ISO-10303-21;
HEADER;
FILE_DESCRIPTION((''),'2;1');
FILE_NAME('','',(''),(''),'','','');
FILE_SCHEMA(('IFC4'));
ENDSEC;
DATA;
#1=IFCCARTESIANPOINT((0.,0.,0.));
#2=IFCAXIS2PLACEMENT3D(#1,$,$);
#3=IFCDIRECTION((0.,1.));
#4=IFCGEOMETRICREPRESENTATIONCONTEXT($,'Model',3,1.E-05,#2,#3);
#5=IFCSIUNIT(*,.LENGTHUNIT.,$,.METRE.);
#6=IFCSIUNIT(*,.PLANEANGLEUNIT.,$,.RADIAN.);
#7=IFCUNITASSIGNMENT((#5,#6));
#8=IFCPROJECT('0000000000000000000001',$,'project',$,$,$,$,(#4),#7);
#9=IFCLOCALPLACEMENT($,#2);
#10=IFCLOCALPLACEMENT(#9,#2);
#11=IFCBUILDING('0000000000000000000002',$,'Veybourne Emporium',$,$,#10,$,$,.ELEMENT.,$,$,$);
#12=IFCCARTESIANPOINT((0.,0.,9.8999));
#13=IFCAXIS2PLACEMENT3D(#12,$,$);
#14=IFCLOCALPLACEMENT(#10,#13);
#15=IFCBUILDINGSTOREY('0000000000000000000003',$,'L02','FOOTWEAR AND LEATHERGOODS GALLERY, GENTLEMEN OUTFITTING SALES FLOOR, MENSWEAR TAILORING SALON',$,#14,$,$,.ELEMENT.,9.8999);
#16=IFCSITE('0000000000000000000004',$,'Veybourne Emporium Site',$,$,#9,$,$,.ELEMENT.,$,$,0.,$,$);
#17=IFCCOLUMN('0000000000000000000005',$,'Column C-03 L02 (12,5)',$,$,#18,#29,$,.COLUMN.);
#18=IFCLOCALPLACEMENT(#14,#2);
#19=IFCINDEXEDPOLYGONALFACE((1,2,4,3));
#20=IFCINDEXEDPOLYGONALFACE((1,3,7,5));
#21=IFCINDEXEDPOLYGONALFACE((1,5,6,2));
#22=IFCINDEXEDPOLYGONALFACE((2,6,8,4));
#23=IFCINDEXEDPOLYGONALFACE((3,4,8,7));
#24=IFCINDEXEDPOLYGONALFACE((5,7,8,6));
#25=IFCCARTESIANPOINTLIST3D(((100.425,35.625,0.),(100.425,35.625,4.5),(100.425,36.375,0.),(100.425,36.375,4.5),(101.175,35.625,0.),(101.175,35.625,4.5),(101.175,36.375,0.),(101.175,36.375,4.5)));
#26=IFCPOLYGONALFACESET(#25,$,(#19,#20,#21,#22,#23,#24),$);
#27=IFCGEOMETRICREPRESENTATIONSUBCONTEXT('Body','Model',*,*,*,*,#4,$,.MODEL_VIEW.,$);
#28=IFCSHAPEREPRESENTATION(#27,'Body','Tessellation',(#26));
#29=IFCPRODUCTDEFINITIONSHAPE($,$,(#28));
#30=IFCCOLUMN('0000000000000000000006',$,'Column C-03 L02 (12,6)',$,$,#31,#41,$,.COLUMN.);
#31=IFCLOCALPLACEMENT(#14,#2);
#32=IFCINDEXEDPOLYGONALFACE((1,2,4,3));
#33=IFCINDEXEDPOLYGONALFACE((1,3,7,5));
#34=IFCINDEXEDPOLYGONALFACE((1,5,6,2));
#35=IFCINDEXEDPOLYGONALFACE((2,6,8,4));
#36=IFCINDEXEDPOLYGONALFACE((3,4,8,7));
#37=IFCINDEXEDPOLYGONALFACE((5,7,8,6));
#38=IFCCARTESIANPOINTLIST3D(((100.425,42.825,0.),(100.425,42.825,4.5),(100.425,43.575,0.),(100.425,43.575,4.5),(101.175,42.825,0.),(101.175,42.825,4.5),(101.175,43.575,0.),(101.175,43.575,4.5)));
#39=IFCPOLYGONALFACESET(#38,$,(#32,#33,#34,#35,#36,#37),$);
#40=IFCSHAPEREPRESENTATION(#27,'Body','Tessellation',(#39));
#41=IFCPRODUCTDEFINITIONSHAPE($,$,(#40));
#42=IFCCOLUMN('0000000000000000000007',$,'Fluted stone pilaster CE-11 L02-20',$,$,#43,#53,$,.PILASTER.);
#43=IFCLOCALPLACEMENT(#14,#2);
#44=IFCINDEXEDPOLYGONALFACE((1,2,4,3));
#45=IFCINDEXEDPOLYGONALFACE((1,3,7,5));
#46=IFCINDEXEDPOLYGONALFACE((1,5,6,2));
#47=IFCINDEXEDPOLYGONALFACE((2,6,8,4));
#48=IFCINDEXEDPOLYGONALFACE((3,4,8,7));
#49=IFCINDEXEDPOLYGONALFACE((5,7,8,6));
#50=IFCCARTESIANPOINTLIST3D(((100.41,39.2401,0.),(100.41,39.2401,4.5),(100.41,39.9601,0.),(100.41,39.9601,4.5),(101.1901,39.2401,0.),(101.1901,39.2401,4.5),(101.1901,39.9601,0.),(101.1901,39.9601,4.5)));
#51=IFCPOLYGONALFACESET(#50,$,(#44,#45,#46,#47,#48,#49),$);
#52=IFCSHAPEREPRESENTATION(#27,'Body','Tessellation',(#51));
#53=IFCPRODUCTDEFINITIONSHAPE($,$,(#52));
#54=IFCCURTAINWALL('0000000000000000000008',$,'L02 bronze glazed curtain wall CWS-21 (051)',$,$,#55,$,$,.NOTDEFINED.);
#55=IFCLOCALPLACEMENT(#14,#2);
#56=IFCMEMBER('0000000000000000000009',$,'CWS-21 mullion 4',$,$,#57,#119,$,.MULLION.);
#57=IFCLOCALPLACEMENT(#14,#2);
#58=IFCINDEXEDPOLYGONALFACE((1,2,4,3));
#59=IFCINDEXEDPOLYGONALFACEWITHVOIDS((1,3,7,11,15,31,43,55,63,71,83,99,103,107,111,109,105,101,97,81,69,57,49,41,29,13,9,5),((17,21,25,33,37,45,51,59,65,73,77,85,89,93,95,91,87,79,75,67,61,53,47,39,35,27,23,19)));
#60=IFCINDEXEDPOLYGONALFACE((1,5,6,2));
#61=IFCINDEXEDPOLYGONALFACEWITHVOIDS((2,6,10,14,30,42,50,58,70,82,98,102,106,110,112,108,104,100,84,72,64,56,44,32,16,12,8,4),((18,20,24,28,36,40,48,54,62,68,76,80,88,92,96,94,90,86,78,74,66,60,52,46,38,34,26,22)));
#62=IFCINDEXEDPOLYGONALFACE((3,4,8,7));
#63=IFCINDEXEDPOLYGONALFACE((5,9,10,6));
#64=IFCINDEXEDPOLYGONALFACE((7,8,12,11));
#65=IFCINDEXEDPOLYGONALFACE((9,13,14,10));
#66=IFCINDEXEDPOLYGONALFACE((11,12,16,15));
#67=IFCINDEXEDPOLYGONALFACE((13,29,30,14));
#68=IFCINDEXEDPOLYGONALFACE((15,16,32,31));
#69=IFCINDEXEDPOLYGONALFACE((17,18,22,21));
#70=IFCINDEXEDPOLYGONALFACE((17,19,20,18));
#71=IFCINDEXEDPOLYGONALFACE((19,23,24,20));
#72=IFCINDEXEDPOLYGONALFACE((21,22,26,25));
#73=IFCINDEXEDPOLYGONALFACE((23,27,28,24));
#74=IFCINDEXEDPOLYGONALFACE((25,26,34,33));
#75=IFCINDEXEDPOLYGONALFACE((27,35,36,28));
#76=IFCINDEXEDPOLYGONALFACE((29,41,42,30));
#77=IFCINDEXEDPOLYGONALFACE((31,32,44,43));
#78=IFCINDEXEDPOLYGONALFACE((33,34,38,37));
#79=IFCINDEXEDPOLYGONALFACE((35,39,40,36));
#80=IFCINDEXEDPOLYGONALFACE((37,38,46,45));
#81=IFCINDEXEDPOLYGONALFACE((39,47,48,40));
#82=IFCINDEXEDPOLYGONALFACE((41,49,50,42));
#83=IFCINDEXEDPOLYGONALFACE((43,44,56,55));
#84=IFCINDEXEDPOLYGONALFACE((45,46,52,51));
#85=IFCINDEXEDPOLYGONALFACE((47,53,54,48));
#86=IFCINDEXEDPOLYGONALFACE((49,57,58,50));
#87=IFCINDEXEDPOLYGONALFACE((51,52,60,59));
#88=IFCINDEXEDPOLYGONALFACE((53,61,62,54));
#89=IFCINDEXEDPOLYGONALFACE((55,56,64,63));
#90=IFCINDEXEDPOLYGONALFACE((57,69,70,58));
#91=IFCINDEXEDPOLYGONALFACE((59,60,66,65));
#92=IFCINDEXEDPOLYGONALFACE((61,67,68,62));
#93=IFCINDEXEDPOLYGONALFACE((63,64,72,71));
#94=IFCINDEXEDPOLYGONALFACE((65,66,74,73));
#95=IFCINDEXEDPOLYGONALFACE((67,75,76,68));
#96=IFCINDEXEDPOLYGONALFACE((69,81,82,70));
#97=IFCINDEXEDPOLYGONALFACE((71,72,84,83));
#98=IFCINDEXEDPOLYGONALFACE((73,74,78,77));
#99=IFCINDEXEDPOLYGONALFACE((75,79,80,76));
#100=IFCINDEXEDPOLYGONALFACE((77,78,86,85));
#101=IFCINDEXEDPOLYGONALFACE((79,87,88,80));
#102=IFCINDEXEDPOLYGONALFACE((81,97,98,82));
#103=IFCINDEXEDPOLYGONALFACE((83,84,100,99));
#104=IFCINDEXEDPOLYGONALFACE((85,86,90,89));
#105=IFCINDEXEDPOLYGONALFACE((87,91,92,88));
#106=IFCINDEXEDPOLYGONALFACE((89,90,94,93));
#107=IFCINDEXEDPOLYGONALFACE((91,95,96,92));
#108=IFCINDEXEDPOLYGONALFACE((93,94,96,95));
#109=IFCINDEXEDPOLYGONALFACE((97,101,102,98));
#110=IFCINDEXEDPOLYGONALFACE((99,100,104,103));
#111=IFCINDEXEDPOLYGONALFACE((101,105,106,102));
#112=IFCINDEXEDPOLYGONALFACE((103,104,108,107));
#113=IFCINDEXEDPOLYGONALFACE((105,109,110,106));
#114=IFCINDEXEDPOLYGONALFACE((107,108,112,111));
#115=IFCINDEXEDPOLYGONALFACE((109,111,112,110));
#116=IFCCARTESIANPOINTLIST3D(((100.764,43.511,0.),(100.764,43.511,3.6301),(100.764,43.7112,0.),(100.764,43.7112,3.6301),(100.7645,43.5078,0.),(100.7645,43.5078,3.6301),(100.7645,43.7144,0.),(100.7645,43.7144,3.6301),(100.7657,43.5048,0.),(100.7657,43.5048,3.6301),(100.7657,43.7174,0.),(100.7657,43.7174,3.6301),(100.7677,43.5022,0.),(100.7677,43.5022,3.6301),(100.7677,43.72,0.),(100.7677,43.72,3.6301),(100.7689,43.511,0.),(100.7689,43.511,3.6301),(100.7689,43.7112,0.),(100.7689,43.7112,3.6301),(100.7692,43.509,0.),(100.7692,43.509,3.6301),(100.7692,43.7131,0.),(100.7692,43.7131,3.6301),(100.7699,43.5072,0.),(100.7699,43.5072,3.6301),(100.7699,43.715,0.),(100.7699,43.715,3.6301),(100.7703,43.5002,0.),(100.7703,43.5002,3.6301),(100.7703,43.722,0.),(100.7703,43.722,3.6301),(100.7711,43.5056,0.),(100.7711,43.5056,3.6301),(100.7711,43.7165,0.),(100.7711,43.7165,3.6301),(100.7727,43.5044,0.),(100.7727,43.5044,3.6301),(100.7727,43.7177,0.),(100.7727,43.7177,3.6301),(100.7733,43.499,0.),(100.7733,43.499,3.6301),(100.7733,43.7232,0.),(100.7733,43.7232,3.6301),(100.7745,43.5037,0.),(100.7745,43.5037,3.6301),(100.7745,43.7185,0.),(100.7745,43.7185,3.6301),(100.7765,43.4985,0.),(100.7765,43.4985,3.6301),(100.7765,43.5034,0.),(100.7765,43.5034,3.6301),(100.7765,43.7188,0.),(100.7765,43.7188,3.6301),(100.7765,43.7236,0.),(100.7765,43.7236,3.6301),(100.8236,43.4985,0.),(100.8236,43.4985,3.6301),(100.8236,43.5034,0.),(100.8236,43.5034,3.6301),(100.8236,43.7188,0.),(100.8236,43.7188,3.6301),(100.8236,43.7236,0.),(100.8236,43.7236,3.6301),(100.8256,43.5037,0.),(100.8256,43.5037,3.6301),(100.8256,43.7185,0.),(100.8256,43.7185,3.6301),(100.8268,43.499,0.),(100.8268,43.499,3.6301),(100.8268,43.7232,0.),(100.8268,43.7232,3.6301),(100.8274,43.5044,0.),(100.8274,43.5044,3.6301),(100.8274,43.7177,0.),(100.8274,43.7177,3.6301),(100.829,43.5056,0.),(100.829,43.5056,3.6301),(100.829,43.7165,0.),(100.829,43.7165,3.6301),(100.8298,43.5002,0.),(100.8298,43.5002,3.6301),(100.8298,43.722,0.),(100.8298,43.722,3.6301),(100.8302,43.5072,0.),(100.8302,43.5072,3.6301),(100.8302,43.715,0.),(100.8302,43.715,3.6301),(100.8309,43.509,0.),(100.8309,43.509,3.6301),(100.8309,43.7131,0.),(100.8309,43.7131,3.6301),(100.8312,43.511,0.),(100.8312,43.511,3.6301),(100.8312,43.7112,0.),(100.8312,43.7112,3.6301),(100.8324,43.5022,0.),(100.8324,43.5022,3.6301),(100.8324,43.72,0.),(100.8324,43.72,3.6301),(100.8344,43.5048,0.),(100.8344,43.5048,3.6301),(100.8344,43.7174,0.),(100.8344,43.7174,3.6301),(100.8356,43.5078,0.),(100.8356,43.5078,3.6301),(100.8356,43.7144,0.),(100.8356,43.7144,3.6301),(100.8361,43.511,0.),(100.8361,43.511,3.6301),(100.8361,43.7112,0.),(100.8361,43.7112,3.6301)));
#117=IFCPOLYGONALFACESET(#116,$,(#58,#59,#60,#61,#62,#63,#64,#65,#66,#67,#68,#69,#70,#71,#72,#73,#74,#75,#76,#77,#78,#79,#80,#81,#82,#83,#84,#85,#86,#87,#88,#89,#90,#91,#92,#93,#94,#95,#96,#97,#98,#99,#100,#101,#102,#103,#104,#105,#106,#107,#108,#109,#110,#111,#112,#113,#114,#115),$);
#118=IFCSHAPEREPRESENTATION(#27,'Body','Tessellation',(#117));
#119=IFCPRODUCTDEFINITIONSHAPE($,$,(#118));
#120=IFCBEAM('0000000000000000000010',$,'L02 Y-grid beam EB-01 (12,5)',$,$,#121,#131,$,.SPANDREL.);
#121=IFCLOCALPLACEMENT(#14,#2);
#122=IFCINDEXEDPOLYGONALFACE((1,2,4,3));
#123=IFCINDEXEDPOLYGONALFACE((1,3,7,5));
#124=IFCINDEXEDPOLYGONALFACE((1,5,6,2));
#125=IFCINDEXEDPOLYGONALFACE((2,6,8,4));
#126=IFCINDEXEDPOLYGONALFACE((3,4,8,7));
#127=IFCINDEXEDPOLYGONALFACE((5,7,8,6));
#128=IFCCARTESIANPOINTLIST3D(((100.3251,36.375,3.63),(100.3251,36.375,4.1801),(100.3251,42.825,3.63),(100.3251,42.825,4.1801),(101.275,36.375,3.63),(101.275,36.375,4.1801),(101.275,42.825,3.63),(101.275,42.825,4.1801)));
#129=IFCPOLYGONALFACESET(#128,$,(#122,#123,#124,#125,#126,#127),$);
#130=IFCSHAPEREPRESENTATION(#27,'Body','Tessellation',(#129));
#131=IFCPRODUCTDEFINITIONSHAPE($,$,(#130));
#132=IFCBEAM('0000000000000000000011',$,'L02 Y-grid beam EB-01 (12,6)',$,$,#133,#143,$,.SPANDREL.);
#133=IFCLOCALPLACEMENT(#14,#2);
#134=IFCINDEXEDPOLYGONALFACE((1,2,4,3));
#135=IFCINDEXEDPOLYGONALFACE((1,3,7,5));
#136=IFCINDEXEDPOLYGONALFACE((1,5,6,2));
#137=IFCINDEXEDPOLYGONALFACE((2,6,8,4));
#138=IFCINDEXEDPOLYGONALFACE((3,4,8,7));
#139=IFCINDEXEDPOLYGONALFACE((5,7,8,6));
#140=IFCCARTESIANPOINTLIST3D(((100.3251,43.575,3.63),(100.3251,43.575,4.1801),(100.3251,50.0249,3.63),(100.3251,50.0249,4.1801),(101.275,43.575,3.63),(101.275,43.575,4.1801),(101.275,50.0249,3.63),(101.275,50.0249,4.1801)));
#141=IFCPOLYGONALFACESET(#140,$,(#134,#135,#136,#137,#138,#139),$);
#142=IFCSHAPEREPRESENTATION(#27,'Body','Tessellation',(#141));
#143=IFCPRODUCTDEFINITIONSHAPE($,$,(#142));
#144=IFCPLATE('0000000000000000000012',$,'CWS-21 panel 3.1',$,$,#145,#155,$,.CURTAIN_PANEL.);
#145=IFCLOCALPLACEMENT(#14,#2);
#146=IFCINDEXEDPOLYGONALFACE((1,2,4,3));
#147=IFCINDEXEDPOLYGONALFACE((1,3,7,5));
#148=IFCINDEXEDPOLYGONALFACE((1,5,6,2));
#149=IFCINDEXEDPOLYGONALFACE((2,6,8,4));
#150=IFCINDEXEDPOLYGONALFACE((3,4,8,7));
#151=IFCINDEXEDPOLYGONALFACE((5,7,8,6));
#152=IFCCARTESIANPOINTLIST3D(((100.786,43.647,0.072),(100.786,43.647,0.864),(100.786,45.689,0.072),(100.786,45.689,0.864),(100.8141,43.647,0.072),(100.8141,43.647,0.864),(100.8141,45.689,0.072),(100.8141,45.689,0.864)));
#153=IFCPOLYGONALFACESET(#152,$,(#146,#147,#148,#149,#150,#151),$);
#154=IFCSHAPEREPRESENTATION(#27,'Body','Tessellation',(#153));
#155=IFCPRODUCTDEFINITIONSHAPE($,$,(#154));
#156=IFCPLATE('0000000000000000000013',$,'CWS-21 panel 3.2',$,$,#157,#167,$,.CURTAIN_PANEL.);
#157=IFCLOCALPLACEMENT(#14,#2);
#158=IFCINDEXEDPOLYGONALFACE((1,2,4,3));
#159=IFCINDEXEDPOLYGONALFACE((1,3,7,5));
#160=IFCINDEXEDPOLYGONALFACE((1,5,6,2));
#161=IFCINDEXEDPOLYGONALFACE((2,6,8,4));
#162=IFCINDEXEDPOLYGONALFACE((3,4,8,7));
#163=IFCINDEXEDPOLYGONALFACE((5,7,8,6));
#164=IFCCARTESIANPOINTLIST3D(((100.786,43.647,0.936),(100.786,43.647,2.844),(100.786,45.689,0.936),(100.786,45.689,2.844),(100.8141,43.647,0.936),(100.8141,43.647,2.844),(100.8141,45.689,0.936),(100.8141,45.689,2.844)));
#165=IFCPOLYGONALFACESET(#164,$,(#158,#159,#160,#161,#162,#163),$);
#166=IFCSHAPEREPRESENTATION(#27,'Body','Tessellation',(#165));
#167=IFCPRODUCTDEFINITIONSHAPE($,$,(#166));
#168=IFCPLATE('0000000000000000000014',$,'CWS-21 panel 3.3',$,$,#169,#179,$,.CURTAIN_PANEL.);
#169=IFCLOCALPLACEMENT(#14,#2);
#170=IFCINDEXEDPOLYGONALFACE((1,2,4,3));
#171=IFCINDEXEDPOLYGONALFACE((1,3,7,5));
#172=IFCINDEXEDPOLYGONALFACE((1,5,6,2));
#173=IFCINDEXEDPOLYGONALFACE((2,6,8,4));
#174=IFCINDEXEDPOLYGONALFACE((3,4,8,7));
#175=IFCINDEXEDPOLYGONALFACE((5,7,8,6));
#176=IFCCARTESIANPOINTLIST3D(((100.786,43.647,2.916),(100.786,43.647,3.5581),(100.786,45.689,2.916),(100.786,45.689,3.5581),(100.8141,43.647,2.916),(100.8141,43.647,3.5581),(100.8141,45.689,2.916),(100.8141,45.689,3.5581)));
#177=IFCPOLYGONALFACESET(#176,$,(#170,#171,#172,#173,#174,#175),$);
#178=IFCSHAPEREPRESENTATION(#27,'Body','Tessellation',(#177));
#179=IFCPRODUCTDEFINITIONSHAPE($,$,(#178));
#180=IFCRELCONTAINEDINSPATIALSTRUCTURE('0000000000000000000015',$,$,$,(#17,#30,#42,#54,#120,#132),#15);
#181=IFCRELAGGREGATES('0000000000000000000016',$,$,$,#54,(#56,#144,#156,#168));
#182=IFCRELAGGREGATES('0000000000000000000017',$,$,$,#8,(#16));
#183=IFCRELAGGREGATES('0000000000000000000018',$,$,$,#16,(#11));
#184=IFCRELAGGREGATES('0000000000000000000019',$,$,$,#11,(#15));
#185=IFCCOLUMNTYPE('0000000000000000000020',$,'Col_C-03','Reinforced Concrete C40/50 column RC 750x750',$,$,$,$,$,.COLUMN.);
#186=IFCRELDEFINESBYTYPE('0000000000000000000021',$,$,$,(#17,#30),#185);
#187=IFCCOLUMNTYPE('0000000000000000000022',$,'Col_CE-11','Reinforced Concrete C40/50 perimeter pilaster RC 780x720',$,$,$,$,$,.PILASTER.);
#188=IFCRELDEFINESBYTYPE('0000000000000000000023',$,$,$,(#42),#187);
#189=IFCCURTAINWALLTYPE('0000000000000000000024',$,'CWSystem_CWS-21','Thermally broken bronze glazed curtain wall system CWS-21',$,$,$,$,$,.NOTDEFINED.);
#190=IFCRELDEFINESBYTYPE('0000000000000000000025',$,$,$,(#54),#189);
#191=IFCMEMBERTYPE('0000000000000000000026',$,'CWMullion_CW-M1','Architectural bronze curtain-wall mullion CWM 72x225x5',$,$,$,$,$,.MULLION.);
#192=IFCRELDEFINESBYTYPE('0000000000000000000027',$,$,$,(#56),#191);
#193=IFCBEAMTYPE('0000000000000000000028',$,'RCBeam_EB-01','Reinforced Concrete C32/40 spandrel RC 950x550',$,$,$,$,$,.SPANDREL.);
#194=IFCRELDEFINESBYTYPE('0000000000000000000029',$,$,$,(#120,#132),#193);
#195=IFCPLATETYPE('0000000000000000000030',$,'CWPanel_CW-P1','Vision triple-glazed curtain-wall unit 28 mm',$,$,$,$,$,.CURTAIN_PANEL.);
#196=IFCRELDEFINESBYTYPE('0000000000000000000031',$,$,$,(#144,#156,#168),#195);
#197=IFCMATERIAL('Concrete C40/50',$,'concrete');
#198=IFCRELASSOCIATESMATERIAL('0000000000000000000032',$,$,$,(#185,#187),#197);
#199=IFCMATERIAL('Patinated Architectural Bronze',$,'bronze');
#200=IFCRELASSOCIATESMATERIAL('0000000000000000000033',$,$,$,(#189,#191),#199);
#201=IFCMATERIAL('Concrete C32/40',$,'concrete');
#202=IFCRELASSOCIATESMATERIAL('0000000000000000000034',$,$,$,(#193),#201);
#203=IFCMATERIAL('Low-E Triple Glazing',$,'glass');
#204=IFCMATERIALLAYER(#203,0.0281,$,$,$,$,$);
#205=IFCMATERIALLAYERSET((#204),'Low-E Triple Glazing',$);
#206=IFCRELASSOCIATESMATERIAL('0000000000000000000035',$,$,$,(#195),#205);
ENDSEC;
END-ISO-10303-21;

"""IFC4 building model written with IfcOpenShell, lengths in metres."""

from ifc_helpers import new_model, si_unit, direction, frame, origin, origin_2d, place, context, subcontext, project, spatial, rectangle, hollow_rectangle, extrude, material, layer, layer_set, material_profile, profile_set, type_object, element, aggregate, save


model = new_model("IFC4")

# Units and contexts
model_context = context("Model", 3, precision=1e-05, world=origin(), true_north=direction((0.0, 1.0)))
body_context = subcontext(model_context, "Body", "Model", "MODEL_VIEW")
ifc_project = project(units=[si_unit("LENGTHUNIT", "METRE"), si_unit("PLANEANGLEUNIT", "RADIAN")], contexts=[model_context])

# Site, building, storey
site_placement = place(None, origin())
site = spatial("IfcSite", under=ifc_project, at=site_placement, Name="Veybourne Emporium Site", CompositionType="ELEMENT", RefElevation=0.0)
building_placement = place(site_placement, origin())
building = spatial("IfcBuilding", under=site, at=building_placement, Name="Veybourne Emporium", CompositionType="ELEMENT")
storey_placement = place(building_placement, frame((0.0, 0.0, 9.8999)))
storey = spatial("IfcBuildingStorey", under=building, at=storey_placement, Name="L02", Description="FOOTWEAR AND LEATHERGOODS GALLERY, GENTLEMEN OUTFITTING SALES FLOOR, MENSWEAR TAILORING SALON", CompositionType="ELEMENT", Elevation=9.8999)

# Columns
ifc_material_1 = material(Name="Concrete C40/50", Category="concrete")
ifc_material_profile_1 = material_profile(ifc_material_1, rectangle(XDim=0.75, YDim=0.75, at=origin_2d()), Name="RC 750x750")
ifc_profile_set_1 = profile_set([ifc_material_profile_1], Name="Concrete C40/50")
column_type_1 = type_object("IfcColumnType", Name="Col_C-03", Description="Reinforced Concrete C40/50 column RC 750x750", PredefinedType="COLUMN", material=ifc_profile_set_1)
for number, where, z_axis, x_axis, name in (
    (1, (100.8, 36.0, 0.0), (0.0, 0.0, 1.0), (1.0, 0.0, 0.0), "Column C-03 L02 (12,5)"),
    (2, (100.8, 43.2, 0.0), (0.0, 0.0, 1.0), (1.0, 0.0, 0.0), "Column C-03 L02 (12,6)"),
):
    element("IfcColumn", number, at=place(storey_placement, frame(where, z_axis=z_axis, x_axis=x_axis)), inside=storey, type_object=column_type_1, Name=name, PredefinedType="COLUMN", context=body_context, shape_type="SweptSolid", body=[
        extrude(rectangle(XDim=0.75, YDim=0.75, at=origin_2d()), origin(), (0.0, 0.0, 1.0), 4.5),
    ])
ifc_material_profile_2 = material_profile(ifc_material_1, rectangle(XDim=0.78, YDim=0.72, at=origin_2d()), Name="RC 780x720")
ifc_profile_set_2 = profile_set([ifc_material_profile_2], Name="Concrete C40/50")
column_type_2 = type_object("IfcColumnType", Name="Col_CE-11", Description="Reinforced Concrete C40/50 perimeter pilaster RC 780x720", PredefinedType="PILASTER", material=ifc_profile_set_2)
column_placement = place(storey_placement, frame((100.8, 39.6001, 0.0), z_axis=(0.0, 0.0, 1.0), x_axis=(1.0, 0.0, 0.0)))
element("IfcColumn", 3, at=column_placement, inside=storey, type_object=column_type_2, Name="Fluted stone pilaster CE-11 L02-20", PredefinedType="PILASTER", context=body_context, shape_type="SweptSolid", body=[
    extrude(rectangle(XDim=0.78, YDim=0.72, at=origin_2d()), origin(), (0.0, 0.0, 1.0), 4.5),
])

# Curtain wall, member
ifc_material_2 = material(Name="Patinated Architectural Bronze", Category="bronze")
curtain_wall_type = type_object("IfcCurtainWallType", Name="CWSystem_CWS-21", Description="Thermally broken bronze glazed curtain wall system CWS-21", PredefinedType="NOTDEFINED", material=ifc_material_2)
curtain_wall_placement = place(storey_placement, origin())
curtain_wall = element("IfcCurtainWall", 4, at=curtain_wall_placement, inside=storey, type_object=curtain_wall_type, Name="L02 bronze glazed curtain wall CWS-21 (051)", PredefinedType="NOTDEFINED")
ifc_material_profile_3 = material_profile(ifc_material_2, hollow_rectangle(XDim=0.072, YDim=0.2251, WallThickness=0.0049, InnerFilletRadius=0.0076, OuterFilletRadius=0.0125, at=origin_2d()), Name="CWM 72x225x5")
ifc_profile_set_3 = profile_set([ifc_material_profile_3], Name="Patinated Architectural Bronze")
member_type = type_object("IfcMemberType", Name="CWMullion_CW-M1", Description="Architectural bronze curtain-wall mullion CWM 72x225x5", PredefinedType="MULLION", material=ifc_profile_set_3)
member_placement = place(storey_placement, frame((100.8, 43.6111, 0.0), z_axis=(0.0, 0.0, 1.0), x_axis=(1.0, 0.0, 0.0)))
member = element("IfcMember", 5, at=member_placement, type_object=member_type, Name="CWS-21 mullion 4", PredefinedType="MULLION", context=body_context, shape_type="SweptSolid", body=[
    extrude(hollow_rectangle(XDim=0.072, YDim=0.2251, WallThickness=0.0049, InnerFilletRadius=0.0076, OuterFilletRadius=0.0125, at=origin_2d()), origin(), (0.0, 0.0, 1.0), 3.6301),
])

# Beams
ifc_material_3 = material(Name="Concrete C32/40", Category="concrete")
ifc_material_profile_4 = material_profile(ifc_material_3, rectangle(XDim=0.95, YDim=0.55, at=origin_2d()), Name="RC 950x550")
ifc_profile_set_4 = profile_set([ifc_material_profile_4], Name="Concrete C32/40")
beam_type = type_object("IfcBeamType", Name="RCBeam_EB-01", Description="Reinforced Concrete C32/40 spandrel RC 950x550", PredefinedType="SPANDREL", material=ifc_profile_set_4)
for number, where, z_axis, x_axis, name in (
    (6, (100.8, 36.375, 3.905), (0.0, 1.0, 0.0), (-1.0, 0.0, 0.0), "L02 Y-grid beam EB-01 (12,5)"),
    (7, (100.8, 43.575, 3.905), (0.0, 1.0, 0.0), (-1.0, 0.0, 0.0), "L02 Y-grid beam EB-01 (12,6)"),
):
    element("IfcBeam", number, at=place(storey_placement, frame(where, z_axis=z_axis, x_axis=x_axis)), inside=storey, type_object=beam_type, Name=name, PredefinedType="SPANDREL", context=body_context, shape_type="SweptSolid", body=[
        extrude(rectangle(XDim=0.95, YDim=0.55, at=origin_2d()), origin(), (0.0, 0.0, 1.0), 6.45),
    ])

# Plates
ifc_material_4 = material(Name="Low-E Triple Glazing", Category="glass")
ifc_layer_1 = layer(ifc_material_4, 0.0281)
ifc_layer_set_1 = layer_set([ifc_layer_1], Name="Low-E Triple Glazing")
plate_type = type_object("IfcPlateType", Name="CWPanel_CW-P1", Description="Vision triple-glazed curtain-wall unit 28 mm", PredefinedType="CURTAIN_PANEL", material=ifc_layer_set_1)
plate_1_placement = place(storey_placement, frame((100.8, 44.668, 0.072), z_axis=(0.0, 0.0, 1.0), x_axis=(0.0, -1.0, 0.0)))
plate_1 = element("IfcPlate", 8, at=plate_1_placement, type_object=plate_type, Name="CWS-21 panel 3.1", PredefinedType="CURTAIN_PANEL", context=body_context, shape_type="SweptSolid", body=[
    extrude(rectangle(XDim=2.042, YDim=0.0281, at=origin_2d()), origin(), (0.0, 0.0, 1.0), 0.792),
])
plate_2_placement = place(storey_placement, frame((100.8, 44.668, 0.936), z_axis=(0.0, 0.0, 1.0), x_axis=(0.0, -1.0, 0.0)))
plate_2 = element("IfcPlate", 9, at=plate_2_placement, type_object=plate_type, Name="CWS-21 panel 3.2", PredefinedType="CURTAIN_PANEL", context=body_context, shape_type="SweptSolid", body=[
    extrude(rectangle(XDim=2.042, YDim=0.0281, at=origin_2d()), origin(), (0.0, 0.0, 1.0), 1.908),
])
plate_3_placement = place(storey_placement, frame((100.8, 44.668, 2.916), z_axis=(0.0, 0.0, 1.0), x_axis=(0.0, -1.0, 0.0)))
plate_3 = element("IfcPlate", 10, at=plate_3_placement, type_object=plate_type, Name="CWS-21 panel 3.3", PredefinedType="CURTAIN_PANEL", context=body_context, shape_type="SweptSolid", body=[
    extrude(rectangle(XDim=2.042, YDim=0.0281, at=origin_2d()), origin(), (0.0, 0.0, 1.0), 0.6421),
])
aggregate(curtain_wall, [member, plate_1, plate_2, plate_3])

save(model, "model.ifc")
